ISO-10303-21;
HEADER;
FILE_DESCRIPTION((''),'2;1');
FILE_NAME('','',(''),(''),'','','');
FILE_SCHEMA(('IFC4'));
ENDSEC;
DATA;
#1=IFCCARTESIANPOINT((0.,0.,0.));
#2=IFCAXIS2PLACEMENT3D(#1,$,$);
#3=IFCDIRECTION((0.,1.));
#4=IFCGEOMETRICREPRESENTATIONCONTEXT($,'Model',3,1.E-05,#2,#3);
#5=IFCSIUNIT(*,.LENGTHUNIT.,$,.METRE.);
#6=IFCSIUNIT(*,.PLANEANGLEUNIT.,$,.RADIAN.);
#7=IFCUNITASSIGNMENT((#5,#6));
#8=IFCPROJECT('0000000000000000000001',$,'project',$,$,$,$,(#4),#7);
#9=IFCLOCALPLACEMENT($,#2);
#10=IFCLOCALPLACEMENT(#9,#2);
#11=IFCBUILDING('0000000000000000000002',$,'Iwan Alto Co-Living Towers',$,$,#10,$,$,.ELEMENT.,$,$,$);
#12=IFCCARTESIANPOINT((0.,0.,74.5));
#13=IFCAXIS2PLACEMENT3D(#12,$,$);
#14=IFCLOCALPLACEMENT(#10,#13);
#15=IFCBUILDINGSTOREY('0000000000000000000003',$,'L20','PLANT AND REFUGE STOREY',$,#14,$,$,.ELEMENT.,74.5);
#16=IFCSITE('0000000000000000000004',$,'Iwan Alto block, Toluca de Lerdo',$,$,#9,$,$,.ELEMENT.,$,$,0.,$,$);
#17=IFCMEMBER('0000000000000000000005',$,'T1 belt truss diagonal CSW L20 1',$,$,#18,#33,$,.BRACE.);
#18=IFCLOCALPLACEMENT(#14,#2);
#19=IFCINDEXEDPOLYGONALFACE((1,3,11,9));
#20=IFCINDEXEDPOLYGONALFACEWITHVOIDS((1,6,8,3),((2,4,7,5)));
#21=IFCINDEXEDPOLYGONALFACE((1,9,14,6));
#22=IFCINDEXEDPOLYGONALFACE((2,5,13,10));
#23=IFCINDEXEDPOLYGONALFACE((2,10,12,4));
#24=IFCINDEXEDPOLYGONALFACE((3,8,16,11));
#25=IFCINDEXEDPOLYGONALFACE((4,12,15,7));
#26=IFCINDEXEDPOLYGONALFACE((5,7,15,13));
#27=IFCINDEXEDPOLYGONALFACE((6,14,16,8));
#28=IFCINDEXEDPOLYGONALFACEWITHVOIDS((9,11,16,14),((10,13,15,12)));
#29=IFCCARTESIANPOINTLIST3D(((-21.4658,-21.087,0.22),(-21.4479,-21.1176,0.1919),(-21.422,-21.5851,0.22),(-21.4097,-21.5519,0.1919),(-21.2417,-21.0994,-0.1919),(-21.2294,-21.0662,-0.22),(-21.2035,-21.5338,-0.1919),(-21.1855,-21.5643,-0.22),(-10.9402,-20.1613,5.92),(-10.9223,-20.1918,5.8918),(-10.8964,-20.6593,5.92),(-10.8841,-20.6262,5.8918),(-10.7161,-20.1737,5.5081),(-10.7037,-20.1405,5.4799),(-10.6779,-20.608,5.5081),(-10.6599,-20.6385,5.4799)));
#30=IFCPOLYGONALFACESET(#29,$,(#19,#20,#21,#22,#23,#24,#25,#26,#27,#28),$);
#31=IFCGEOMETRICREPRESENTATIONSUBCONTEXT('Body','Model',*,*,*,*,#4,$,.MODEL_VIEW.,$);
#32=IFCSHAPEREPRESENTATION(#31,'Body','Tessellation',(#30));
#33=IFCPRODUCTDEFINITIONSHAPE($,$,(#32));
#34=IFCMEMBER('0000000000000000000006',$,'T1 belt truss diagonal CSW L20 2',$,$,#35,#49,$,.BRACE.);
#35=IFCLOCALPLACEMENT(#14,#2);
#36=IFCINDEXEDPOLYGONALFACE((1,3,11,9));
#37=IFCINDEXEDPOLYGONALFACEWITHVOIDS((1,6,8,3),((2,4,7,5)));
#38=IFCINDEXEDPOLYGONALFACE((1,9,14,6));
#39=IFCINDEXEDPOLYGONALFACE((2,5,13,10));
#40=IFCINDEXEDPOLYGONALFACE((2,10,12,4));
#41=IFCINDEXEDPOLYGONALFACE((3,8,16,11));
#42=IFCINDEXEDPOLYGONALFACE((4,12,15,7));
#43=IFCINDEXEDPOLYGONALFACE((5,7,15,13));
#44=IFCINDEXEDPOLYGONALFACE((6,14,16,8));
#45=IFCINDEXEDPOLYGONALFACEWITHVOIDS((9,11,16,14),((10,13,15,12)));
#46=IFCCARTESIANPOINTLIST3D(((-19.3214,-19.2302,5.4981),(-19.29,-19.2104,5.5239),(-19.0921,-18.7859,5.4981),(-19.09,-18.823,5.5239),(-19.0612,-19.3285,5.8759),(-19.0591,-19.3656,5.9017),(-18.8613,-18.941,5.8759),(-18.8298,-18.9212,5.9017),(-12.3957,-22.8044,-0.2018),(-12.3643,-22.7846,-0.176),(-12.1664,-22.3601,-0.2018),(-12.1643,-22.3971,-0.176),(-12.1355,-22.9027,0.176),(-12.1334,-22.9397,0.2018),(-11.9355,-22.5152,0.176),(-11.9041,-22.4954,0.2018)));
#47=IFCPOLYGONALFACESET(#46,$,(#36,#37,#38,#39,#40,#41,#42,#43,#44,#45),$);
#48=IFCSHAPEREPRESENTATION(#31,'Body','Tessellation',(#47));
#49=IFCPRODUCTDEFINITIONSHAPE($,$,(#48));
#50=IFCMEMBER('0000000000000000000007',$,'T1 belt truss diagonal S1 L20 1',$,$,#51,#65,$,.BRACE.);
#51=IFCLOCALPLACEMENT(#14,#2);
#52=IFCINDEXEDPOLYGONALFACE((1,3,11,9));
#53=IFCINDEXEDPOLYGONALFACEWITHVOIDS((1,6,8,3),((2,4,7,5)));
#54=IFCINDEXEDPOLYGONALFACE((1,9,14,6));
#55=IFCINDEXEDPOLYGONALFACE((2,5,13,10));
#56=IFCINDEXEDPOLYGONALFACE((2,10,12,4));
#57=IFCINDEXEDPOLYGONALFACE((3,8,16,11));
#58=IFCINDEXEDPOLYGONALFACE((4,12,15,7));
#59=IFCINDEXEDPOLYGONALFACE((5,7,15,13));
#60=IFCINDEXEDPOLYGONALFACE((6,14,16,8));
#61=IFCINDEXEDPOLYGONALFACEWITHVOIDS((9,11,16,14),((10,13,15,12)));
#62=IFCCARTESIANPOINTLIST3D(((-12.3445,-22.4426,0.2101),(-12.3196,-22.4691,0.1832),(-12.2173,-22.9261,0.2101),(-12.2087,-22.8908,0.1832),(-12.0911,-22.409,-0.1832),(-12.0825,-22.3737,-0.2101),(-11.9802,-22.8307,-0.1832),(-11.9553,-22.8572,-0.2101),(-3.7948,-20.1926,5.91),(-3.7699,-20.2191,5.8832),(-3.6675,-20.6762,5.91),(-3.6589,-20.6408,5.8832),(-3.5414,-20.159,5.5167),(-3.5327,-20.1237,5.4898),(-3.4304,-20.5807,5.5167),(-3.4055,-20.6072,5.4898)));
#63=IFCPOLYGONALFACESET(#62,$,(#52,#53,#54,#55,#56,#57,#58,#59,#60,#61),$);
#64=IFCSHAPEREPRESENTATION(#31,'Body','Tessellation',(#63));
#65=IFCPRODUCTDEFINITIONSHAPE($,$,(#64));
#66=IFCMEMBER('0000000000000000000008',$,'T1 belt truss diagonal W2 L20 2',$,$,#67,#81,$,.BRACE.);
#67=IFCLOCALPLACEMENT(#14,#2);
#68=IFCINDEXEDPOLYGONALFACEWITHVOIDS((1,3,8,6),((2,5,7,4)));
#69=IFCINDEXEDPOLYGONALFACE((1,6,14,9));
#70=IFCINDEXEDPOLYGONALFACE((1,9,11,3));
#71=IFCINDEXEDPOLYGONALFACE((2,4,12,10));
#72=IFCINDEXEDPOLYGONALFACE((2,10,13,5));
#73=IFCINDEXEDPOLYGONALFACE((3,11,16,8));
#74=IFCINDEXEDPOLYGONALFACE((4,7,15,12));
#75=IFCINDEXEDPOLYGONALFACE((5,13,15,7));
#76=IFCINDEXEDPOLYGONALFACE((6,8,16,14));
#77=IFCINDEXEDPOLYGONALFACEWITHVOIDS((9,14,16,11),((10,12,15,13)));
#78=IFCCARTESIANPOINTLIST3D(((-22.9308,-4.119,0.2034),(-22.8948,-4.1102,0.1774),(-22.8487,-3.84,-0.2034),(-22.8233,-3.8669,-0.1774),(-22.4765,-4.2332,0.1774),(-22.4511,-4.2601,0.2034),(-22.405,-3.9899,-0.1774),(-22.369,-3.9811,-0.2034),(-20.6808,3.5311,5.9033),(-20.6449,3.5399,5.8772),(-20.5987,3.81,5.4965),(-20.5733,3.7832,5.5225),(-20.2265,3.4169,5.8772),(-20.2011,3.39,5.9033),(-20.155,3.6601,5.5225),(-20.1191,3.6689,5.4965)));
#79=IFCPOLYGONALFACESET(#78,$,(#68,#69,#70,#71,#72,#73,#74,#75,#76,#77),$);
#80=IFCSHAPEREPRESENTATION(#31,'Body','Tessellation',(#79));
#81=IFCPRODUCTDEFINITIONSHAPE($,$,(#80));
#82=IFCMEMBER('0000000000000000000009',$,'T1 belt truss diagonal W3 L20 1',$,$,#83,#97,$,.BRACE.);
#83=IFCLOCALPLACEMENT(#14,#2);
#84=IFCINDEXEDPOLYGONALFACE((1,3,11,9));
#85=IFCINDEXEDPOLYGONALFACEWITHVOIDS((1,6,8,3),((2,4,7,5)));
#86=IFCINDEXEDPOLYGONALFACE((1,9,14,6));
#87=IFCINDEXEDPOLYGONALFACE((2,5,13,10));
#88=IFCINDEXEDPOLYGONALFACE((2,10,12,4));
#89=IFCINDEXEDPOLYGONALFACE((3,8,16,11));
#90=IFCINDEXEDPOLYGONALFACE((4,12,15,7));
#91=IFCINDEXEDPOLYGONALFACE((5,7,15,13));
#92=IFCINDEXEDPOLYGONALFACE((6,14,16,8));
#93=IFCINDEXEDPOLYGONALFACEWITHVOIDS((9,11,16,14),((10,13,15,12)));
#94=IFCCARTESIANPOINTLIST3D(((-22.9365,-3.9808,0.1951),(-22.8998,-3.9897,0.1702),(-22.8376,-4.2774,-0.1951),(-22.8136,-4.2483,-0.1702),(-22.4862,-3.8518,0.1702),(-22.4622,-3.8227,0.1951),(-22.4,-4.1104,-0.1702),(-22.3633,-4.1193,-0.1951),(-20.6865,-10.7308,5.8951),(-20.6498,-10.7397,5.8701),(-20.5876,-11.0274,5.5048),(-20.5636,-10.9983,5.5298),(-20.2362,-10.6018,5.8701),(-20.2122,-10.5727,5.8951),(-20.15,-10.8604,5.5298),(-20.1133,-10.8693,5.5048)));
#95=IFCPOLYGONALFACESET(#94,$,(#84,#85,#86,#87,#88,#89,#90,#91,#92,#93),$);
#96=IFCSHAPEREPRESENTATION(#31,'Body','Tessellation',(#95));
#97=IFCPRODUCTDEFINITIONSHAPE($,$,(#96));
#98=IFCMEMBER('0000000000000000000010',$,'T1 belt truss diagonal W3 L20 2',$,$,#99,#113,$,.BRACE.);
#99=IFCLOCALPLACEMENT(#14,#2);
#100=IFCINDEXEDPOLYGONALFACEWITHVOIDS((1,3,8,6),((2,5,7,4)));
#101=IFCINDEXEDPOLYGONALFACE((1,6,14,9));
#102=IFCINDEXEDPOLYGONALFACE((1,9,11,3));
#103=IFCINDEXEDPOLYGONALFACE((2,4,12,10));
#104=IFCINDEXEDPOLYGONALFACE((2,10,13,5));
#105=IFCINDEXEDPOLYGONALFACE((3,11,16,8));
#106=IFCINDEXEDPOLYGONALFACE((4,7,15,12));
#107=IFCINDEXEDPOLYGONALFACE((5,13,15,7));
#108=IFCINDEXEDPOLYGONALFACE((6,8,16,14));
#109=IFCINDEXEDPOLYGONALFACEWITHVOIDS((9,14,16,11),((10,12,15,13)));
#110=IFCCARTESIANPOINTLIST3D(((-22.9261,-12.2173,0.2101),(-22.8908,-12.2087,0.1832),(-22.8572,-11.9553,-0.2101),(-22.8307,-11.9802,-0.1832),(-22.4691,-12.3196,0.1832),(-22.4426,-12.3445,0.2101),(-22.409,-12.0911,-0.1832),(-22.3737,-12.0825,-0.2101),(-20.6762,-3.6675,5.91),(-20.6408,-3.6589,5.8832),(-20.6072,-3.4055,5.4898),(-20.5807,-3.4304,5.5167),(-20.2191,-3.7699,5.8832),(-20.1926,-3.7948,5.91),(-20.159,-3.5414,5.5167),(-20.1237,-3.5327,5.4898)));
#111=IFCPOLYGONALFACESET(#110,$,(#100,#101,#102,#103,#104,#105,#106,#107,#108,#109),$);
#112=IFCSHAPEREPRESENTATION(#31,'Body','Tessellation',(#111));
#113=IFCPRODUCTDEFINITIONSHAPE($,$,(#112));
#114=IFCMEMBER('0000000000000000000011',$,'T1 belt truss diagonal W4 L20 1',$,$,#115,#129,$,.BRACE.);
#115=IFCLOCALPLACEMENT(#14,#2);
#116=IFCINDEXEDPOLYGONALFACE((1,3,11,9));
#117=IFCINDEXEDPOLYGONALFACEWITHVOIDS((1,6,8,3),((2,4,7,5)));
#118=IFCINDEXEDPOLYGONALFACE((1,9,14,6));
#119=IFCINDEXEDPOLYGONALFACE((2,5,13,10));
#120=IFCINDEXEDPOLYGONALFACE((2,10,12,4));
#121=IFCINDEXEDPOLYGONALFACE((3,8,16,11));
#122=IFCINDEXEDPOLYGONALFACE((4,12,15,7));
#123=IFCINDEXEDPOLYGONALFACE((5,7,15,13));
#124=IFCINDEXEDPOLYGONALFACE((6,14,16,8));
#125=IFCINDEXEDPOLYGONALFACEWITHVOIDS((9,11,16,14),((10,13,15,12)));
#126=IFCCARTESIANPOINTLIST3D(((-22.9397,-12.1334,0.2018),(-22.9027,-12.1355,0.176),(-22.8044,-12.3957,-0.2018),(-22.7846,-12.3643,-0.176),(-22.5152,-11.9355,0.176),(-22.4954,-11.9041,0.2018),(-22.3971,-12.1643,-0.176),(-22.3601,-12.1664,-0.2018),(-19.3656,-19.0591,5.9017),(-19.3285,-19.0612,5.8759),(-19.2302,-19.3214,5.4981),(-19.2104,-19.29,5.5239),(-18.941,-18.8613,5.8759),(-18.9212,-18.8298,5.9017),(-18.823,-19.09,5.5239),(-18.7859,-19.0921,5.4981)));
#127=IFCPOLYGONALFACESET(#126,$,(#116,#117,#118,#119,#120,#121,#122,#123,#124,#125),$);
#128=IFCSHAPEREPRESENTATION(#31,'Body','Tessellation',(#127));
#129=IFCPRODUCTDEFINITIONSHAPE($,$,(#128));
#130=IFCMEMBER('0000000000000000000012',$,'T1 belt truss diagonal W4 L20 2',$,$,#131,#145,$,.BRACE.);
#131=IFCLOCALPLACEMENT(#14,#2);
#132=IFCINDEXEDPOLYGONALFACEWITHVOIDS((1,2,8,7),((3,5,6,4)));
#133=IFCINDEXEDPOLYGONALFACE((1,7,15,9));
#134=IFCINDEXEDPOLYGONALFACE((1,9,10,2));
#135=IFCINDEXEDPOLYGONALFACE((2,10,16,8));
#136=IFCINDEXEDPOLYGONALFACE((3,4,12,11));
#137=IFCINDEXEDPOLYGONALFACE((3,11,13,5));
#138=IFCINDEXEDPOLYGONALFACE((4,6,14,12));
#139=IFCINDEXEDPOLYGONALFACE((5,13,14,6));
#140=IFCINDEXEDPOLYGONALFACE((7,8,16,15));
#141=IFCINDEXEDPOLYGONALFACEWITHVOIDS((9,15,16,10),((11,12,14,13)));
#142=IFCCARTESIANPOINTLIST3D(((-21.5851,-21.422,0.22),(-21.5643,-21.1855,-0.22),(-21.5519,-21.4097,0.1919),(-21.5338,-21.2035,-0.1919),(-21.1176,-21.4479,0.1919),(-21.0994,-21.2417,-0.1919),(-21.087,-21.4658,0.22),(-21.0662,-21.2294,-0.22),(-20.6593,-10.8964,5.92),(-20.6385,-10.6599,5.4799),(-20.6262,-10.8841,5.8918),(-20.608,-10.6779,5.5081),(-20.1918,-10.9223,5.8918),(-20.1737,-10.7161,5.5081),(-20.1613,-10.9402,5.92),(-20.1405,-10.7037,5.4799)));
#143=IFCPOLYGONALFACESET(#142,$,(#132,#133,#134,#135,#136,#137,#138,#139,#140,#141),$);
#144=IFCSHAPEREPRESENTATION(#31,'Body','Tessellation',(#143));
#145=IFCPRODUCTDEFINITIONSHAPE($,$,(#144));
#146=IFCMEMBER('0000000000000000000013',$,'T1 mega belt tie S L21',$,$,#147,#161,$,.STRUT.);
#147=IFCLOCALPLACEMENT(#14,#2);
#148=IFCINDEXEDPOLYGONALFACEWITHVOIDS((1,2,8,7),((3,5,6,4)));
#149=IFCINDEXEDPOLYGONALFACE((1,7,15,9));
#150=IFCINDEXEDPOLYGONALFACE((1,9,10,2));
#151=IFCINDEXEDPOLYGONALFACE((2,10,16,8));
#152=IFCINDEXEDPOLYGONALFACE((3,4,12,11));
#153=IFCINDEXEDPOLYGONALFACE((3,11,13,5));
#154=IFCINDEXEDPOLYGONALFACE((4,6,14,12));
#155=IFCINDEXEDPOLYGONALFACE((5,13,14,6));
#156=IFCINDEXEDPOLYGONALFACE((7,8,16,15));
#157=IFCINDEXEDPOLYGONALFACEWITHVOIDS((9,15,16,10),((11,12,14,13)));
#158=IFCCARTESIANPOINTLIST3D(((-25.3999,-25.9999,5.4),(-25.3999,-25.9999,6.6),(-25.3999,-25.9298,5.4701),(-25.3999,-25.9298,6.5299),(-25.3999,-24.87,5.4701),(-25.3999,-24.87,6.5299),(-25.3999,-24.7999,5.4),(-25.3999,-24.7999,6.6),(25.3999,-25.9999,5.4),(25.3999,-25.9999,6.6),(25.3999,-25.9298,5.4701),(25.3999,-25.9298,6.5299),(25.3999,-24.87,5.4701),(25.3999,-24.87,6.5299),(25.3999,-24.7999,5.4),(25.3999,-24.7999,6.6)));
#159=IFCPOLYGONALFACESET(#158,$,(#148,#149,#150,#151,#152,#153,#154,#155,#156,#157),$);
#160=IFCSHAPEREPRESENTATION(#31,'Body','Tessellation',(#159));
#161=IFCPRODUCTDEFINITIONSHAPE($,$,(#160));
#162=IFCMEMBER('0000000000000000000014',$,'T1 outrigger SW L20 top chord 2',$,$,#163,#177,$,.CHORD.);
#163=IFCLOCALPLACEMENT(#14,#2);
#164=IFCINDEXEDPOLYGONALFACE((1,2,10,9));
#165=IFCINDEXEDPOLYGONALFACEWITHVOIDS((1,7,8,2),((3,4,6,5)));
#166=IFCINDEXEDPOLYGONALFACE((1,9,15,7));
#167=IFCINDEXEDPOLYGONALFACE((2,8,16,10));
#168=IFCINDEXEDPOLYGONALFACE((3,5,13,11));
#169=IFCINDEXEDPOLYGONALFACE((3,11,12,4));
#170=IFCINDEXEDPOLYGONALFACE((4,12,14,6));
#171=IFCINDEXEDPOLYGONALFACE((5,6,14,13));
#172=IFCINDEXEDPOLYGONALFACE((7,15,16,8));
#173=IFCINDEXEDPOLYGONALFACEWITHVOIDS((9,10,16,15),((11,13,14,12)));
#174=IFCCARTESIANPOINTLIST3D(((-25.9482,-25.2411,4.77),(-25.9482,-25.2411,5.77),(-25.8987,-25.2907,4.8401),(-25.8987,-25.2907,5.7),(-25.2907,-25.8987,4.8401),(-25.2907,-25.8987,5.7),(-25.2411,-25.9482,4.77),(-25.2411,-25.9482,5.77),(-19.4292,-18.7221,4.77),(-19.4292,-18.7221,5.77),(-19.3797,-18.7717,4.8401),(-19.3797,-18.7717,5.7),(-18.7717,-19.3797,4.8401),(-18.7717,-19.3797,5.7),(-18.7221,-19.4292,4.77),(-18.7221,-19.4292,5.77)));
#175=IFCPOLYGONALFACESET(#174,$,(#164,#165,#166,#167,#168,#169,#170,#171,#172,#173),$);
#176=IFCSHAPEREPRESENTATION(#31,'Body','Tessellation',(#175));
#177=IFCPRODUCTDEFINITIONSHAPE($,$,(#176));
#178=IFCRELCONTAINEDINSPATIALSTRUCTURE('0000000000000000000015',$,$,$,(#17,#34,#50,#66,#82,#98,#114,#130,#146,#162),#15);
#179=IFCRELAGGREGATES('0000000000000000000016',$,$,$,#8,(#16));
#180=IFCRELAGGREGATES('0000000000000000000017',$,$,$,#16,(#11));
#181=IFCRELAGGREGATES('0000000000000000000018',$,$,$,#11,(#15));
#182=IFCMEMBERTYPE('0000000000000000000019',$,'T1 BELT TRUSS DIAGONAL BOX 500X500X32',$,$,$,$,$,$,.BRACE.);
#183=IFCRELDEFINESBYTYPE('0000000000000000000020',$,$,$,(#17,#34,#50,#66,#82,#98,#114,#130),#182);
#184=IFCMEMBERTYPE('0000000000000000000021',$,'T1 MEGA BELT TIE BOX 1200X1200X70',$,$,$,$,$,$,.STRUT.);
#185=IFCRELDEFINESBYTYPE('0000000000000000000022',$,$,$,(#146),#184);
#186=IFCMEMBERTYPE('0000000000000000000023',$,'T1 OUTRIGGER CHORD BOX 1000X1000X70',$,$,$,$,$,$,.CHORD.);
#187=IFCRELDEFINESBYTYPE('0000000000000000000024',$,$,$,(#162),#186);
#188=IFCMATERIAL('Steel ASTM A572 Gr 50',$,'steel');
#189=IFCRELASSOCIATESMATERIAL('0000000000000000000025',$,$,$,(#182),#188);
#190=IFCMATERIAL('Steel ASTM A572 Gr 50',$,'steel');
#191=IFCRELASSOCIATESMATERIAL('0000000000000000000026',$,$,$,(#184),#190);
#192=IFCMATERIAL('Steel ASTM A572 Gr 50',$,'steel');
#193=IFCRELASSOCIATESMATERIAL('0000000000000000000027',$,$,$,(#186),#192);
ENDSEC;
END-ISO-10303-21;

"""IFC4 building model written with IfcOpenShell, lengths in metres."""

from ifc_helpers import new_model, si_unit, direction, frame, origin, origin_2d, place, context, subcontext, project, spatial, hollow_rectangle, extrude, material, material_profile, profile_set, type_object, element, save


model = new_model("IFC4")

# Units and contexts
model_context = context("Model", 3, precision=1e-05, world=origin(), true_north=direction((0.0, 1.0)))
body_context = subcontext(model_context, "Body", "Model", "MODEL_VIEW")
ifc_project = project(units=[si_unit("LENGTHUNIT", "METRE"), si_unit("PLANEANGLEUNIT", "RADIAN")], contexts=[model_context])

# Site, building, storey
site_placement = place(None, origin())
site = spatial("IfcSite", under=ifc_project, at=site_placement, Name="Iwan Alto block, Toluca de Lerdo", CompositionType="ELEMENT", RefElevation=0.0)
building_placement = place(site_placement, origin())
building = spatial("IfcBuilding", under=site, at=building_placement, Name="Iwan Alto Co-Living Towers", CompositionType="ELEMENT")
storey_placement = place(building_placement, frame((0.0, 0.0, 74.5)))
storey = spatial("IfcBuildingStorey", under=building, at=storey_placement, Name="L20", Description="PLANT AND REFUGE STOREY", CompositionType="ELEMENT", Elevation=74.5)

# Members
ifc_material_1 = material(Name="Steel ASTM A572 Gr 50", Category="steel")
ifc_material_profile_1 = material_profile(ifc_material_1, hollow_rectangle(XDim=0.5, YDim=0.5, WallThickness=0.032, at=origin_2d()), Name="BOX 500X500X32")
ifc_profile_set_1 = profile_set([ifc_material_profile_1], Name="Steel ASTM A572 Gr 50")
member_type_1 = type_object("IfcMemberType", Name="T1 BELT TRUSS DIAGONAL BOX 500X500X32", PredefinedType="BRACE", material=ifc_profile_set_1)
member_1_placement = place(storey_placement, frame((-21.3257, -21.3257, 0.0), z_axis=(0.876724, 0.077112, 0.474773), x_axis=(-0.087617, 0.996154, 0.0)))
element("IfcMember", 1, at=member_1_placement, inside=storey, type_object=member_type_1, Name="T1 belt truss diagonal CSW L20 1", PredefinedType="BRACE", context=body_context, shape_type="SweptSolid", body=[
    extrude(hollow_rectangle(XDim=0.5, YDim=0.5, WallThickness=0.032, at=origin_2d()), origin(), (0.0, 0.0, 1.0), 12.0056),
])
member_2_placement = place(storey_placement, frame((-12.1499, -22.6499, 0.0), z_axis=(-0.71728, 0.37017, 0.590325), x_axis=(-0.458605, -0.88864, 0.0)))
element("IfcMember", 2, at=member_2_placement, inside=storey, type_object=member_type_1, Name="T1 belt truss diagonal CSW L20 2", PredefinedType="BRACE", context=body_context, shape_type="SweptSolid", body=[
    extrude(hollow_rectangle(XDim=0.5, YDim=0.5, WallThickness=0.032, at=origin_2d()), origin(), (0.0, 0.0, 1.0), 9.6555),
])
member_3_placement = place(storey_placement, frame((-12.1499, -22.6499, 0.0), z_axis=(0.81279, 0.213897, 0.541868), x_axis=(-0.254499, 0.967073, 0.0)))
element("IfcMember", 3, at=member_3_placement, inside=storey, type_object=member_type_1, Name="T1 belt truss diagonal S1 L20 1", PredefinedType="BRACE", context=body_context, shape_type="SweptSolid", body=[
    extrude(hollow_rectangle(XDim=0.5, YDim=0.5, WallThickness=0.032, at=origin_2d()), origin(), (0.0, 0.0, 1.0), 10.519),
])
member_4_placement = place(storey_placement, frame((-22.6499, -4.05, 0.0), z_axis=(0.229548, 0.780478, 0.581517), x_axis=(-0.959367, 0.282161, 0.0)))
element("IfcMember", 4, at=member_4_placement, inside=storey, type_object=member_type_1, Name="T1 belt truss diagonal W2 L20 2", PredefinedType="BRACE", context=body_context, shape_type="SweptSolid", body=[
    extrude(hollow_rectangle(XDim=0.5, YDim=0.5, WallThickness=0.032, at=origin_2d()), origin(), (0.0, 0.0, 1.0), 9.8018),
])
member_5_placement = place(storey_placement, frame((-22.6499, -4.05, 0.0), z_axis=(0.246799, -0.740398, 0.62522), x_axis=(0.948683, 0.316228, 0.0)))
element("IfcMember", 5, at=member_5_placement, inside=storey, type_object=member_type_1, Name="T1 belt truss diagonal W3 L20 1", PredefinedType="BRACE", context=body_context, shape_type="SweptSolid", body=[
    extrude(hollow_rectangle(XDim=0.5, YDim=0.5, WallThickness=0.032, at=origin_2d()), origin(), (0.0, 0.0, 1.0), 9.1167),
])
member_6_placement = place(storey_placement, frame((-22.6499, -12.1499, 0.0), z_axis=(0.213897, 0.81279, 0.541868), x_axis=(-0.967073, 0.254499, 0.0)))
element("IfcMember", 6, at=member_6_placement, inside=storey, type_object=member_type_1, Name="T1 belt truss diagonal W3 L20 2", PredefinedType="BRACE", context=body_context, shape_type="SweptSolid", body=[
    extrude(hollow_rectangle(XDim=0.5, YDim=0.5, WallThickness=0.032, at=origin_2d()), origin(), (0.0, 0.0, 1.0), 10.519),
])
member_7_placement = place(storey_placement, frame((-22.6499, -12.1499, 0.0), z_axis=(0.37017, -0.71728, 0.590325), x_axis=(0.88864, 0.458605, 0.0)))
element("IfcMember", 7, at=member_7_placement, inside=storey, type_object=member_type_1, Name="T1 belt truss diagonal W4 L20 1", PredefinedType="BRACE", context=body_context, shape_type="SweptSolid", body=[
    extrude(hollow_rectangle(XDim=0.5, YDim=0.5, WallThickness=0.032, at=origin_2d()), origin(), (0.0, 0.0, 1.0), 9.6555),
])
member_8_placement = place(storey_placement, frame((-21.3257, -21.3257, 0.0), z_axis=(0.077112, 0.876724, 0.474773), x_axis=(-0.996154, 0.087617, 0.0)))
element("IfcMember", 8, at=member_8_placement, inside=storey, type_object=member_type_1, Name="T1 belt truss diagonal W4 L20 2", PredefinedType="BRACE", context=body_context, shape_type="SweptSolid", body=[
    extrude(hollow_rectangle(XDim=0.5, YDim=0.5, WallThickness=0.032, at=origin_2d()), origin(), (0.0, 0.0, 1.0), 12.0056),
])
ifc_material_2 = material(Name="Steel ASTM A572 Gr 50", Category="steel")
ifc_material_profile_2 = material_profile(ifc_material_2, hollow_rectangle(XDim=1.2, YDim=1.2, WallThickness=0.0701, at=origin_2d()), Name="BOX 1200X1200X70")
ifc_profile_set_2 = profile_set([ifc_material_profile_2], Name="Steel ASTM A572 Gr 50")
member_type_2 = type_object("IfcMemberType", Name="T1 MEGA BELT TIE BOX 1200X1200X70", PredefinedType="STRUT", material=ifc_profile_set_2)
member_9_placement = place(storey_placement, frame((-25.3999, -25.3999, 6.0), z_axis=(1.0, 0.0, 0.0), x_axis=(0.0, 1.0, 0.0)))
element("IfcMember", 9, at=member_9_placement, inside=storey, type_object=member_type_2, Name="T1 mega belt tie S L21", PredefinedType="STRUT", context=body_context, shape_type="SweptSolid", body=[
    extrude(hollow_rectangle(XDim=1.2, YDim=1.2, WallThickness=0.0701, at=origin_2d()), origin(), (0.0, 0.0, 1.0), 50.7998),
])
ifc_material_3 = material(Name="Steel ASTM A572 Gr 50", Category="steel")
ifc_material_profile_3 = material_profile(ifc_material_3, hollow_rectangle(XDim=1.0, YDim=1.0, WallThickness=0.0701, at=origin_2d()), Name="BOX 1000X1000X70")
ifc_profile_set_3 = profile_set([ifc_material_profile_3], Name="Steel ASTM A572 Gr 50")
member_type_3 = type_object("IfcMemberType", Name="T1 OUTRIGGER CHORD BOX 1000X1000X70", PredefinedType="CHORD", material=ifc_profile_set_3)
member_10_placement = place(storey_placement, frame((-19.0757, -19.0757, 5.27), z_axis=(-0.707107, -0.707107, 0.0), x_axis=(0.707107, -0.707107, 0.0)))
element("IfcMember", 10, at=member_10_placement, inside=storey, type_object=member_type_3, Name="T1 outrigger SW L20 top chord 2", PredefinedType="CHORD", context=body_context, shape_type="SweptSolid", body=[
    extrude(hollow_rectangle(XDim=1.0, YDim=1.0, WallThickness=0.0701, at=origin_2d()), origin(), (0.0, 0.0, 1.0), 9.2192),
])

save(model, "model.ifc")
